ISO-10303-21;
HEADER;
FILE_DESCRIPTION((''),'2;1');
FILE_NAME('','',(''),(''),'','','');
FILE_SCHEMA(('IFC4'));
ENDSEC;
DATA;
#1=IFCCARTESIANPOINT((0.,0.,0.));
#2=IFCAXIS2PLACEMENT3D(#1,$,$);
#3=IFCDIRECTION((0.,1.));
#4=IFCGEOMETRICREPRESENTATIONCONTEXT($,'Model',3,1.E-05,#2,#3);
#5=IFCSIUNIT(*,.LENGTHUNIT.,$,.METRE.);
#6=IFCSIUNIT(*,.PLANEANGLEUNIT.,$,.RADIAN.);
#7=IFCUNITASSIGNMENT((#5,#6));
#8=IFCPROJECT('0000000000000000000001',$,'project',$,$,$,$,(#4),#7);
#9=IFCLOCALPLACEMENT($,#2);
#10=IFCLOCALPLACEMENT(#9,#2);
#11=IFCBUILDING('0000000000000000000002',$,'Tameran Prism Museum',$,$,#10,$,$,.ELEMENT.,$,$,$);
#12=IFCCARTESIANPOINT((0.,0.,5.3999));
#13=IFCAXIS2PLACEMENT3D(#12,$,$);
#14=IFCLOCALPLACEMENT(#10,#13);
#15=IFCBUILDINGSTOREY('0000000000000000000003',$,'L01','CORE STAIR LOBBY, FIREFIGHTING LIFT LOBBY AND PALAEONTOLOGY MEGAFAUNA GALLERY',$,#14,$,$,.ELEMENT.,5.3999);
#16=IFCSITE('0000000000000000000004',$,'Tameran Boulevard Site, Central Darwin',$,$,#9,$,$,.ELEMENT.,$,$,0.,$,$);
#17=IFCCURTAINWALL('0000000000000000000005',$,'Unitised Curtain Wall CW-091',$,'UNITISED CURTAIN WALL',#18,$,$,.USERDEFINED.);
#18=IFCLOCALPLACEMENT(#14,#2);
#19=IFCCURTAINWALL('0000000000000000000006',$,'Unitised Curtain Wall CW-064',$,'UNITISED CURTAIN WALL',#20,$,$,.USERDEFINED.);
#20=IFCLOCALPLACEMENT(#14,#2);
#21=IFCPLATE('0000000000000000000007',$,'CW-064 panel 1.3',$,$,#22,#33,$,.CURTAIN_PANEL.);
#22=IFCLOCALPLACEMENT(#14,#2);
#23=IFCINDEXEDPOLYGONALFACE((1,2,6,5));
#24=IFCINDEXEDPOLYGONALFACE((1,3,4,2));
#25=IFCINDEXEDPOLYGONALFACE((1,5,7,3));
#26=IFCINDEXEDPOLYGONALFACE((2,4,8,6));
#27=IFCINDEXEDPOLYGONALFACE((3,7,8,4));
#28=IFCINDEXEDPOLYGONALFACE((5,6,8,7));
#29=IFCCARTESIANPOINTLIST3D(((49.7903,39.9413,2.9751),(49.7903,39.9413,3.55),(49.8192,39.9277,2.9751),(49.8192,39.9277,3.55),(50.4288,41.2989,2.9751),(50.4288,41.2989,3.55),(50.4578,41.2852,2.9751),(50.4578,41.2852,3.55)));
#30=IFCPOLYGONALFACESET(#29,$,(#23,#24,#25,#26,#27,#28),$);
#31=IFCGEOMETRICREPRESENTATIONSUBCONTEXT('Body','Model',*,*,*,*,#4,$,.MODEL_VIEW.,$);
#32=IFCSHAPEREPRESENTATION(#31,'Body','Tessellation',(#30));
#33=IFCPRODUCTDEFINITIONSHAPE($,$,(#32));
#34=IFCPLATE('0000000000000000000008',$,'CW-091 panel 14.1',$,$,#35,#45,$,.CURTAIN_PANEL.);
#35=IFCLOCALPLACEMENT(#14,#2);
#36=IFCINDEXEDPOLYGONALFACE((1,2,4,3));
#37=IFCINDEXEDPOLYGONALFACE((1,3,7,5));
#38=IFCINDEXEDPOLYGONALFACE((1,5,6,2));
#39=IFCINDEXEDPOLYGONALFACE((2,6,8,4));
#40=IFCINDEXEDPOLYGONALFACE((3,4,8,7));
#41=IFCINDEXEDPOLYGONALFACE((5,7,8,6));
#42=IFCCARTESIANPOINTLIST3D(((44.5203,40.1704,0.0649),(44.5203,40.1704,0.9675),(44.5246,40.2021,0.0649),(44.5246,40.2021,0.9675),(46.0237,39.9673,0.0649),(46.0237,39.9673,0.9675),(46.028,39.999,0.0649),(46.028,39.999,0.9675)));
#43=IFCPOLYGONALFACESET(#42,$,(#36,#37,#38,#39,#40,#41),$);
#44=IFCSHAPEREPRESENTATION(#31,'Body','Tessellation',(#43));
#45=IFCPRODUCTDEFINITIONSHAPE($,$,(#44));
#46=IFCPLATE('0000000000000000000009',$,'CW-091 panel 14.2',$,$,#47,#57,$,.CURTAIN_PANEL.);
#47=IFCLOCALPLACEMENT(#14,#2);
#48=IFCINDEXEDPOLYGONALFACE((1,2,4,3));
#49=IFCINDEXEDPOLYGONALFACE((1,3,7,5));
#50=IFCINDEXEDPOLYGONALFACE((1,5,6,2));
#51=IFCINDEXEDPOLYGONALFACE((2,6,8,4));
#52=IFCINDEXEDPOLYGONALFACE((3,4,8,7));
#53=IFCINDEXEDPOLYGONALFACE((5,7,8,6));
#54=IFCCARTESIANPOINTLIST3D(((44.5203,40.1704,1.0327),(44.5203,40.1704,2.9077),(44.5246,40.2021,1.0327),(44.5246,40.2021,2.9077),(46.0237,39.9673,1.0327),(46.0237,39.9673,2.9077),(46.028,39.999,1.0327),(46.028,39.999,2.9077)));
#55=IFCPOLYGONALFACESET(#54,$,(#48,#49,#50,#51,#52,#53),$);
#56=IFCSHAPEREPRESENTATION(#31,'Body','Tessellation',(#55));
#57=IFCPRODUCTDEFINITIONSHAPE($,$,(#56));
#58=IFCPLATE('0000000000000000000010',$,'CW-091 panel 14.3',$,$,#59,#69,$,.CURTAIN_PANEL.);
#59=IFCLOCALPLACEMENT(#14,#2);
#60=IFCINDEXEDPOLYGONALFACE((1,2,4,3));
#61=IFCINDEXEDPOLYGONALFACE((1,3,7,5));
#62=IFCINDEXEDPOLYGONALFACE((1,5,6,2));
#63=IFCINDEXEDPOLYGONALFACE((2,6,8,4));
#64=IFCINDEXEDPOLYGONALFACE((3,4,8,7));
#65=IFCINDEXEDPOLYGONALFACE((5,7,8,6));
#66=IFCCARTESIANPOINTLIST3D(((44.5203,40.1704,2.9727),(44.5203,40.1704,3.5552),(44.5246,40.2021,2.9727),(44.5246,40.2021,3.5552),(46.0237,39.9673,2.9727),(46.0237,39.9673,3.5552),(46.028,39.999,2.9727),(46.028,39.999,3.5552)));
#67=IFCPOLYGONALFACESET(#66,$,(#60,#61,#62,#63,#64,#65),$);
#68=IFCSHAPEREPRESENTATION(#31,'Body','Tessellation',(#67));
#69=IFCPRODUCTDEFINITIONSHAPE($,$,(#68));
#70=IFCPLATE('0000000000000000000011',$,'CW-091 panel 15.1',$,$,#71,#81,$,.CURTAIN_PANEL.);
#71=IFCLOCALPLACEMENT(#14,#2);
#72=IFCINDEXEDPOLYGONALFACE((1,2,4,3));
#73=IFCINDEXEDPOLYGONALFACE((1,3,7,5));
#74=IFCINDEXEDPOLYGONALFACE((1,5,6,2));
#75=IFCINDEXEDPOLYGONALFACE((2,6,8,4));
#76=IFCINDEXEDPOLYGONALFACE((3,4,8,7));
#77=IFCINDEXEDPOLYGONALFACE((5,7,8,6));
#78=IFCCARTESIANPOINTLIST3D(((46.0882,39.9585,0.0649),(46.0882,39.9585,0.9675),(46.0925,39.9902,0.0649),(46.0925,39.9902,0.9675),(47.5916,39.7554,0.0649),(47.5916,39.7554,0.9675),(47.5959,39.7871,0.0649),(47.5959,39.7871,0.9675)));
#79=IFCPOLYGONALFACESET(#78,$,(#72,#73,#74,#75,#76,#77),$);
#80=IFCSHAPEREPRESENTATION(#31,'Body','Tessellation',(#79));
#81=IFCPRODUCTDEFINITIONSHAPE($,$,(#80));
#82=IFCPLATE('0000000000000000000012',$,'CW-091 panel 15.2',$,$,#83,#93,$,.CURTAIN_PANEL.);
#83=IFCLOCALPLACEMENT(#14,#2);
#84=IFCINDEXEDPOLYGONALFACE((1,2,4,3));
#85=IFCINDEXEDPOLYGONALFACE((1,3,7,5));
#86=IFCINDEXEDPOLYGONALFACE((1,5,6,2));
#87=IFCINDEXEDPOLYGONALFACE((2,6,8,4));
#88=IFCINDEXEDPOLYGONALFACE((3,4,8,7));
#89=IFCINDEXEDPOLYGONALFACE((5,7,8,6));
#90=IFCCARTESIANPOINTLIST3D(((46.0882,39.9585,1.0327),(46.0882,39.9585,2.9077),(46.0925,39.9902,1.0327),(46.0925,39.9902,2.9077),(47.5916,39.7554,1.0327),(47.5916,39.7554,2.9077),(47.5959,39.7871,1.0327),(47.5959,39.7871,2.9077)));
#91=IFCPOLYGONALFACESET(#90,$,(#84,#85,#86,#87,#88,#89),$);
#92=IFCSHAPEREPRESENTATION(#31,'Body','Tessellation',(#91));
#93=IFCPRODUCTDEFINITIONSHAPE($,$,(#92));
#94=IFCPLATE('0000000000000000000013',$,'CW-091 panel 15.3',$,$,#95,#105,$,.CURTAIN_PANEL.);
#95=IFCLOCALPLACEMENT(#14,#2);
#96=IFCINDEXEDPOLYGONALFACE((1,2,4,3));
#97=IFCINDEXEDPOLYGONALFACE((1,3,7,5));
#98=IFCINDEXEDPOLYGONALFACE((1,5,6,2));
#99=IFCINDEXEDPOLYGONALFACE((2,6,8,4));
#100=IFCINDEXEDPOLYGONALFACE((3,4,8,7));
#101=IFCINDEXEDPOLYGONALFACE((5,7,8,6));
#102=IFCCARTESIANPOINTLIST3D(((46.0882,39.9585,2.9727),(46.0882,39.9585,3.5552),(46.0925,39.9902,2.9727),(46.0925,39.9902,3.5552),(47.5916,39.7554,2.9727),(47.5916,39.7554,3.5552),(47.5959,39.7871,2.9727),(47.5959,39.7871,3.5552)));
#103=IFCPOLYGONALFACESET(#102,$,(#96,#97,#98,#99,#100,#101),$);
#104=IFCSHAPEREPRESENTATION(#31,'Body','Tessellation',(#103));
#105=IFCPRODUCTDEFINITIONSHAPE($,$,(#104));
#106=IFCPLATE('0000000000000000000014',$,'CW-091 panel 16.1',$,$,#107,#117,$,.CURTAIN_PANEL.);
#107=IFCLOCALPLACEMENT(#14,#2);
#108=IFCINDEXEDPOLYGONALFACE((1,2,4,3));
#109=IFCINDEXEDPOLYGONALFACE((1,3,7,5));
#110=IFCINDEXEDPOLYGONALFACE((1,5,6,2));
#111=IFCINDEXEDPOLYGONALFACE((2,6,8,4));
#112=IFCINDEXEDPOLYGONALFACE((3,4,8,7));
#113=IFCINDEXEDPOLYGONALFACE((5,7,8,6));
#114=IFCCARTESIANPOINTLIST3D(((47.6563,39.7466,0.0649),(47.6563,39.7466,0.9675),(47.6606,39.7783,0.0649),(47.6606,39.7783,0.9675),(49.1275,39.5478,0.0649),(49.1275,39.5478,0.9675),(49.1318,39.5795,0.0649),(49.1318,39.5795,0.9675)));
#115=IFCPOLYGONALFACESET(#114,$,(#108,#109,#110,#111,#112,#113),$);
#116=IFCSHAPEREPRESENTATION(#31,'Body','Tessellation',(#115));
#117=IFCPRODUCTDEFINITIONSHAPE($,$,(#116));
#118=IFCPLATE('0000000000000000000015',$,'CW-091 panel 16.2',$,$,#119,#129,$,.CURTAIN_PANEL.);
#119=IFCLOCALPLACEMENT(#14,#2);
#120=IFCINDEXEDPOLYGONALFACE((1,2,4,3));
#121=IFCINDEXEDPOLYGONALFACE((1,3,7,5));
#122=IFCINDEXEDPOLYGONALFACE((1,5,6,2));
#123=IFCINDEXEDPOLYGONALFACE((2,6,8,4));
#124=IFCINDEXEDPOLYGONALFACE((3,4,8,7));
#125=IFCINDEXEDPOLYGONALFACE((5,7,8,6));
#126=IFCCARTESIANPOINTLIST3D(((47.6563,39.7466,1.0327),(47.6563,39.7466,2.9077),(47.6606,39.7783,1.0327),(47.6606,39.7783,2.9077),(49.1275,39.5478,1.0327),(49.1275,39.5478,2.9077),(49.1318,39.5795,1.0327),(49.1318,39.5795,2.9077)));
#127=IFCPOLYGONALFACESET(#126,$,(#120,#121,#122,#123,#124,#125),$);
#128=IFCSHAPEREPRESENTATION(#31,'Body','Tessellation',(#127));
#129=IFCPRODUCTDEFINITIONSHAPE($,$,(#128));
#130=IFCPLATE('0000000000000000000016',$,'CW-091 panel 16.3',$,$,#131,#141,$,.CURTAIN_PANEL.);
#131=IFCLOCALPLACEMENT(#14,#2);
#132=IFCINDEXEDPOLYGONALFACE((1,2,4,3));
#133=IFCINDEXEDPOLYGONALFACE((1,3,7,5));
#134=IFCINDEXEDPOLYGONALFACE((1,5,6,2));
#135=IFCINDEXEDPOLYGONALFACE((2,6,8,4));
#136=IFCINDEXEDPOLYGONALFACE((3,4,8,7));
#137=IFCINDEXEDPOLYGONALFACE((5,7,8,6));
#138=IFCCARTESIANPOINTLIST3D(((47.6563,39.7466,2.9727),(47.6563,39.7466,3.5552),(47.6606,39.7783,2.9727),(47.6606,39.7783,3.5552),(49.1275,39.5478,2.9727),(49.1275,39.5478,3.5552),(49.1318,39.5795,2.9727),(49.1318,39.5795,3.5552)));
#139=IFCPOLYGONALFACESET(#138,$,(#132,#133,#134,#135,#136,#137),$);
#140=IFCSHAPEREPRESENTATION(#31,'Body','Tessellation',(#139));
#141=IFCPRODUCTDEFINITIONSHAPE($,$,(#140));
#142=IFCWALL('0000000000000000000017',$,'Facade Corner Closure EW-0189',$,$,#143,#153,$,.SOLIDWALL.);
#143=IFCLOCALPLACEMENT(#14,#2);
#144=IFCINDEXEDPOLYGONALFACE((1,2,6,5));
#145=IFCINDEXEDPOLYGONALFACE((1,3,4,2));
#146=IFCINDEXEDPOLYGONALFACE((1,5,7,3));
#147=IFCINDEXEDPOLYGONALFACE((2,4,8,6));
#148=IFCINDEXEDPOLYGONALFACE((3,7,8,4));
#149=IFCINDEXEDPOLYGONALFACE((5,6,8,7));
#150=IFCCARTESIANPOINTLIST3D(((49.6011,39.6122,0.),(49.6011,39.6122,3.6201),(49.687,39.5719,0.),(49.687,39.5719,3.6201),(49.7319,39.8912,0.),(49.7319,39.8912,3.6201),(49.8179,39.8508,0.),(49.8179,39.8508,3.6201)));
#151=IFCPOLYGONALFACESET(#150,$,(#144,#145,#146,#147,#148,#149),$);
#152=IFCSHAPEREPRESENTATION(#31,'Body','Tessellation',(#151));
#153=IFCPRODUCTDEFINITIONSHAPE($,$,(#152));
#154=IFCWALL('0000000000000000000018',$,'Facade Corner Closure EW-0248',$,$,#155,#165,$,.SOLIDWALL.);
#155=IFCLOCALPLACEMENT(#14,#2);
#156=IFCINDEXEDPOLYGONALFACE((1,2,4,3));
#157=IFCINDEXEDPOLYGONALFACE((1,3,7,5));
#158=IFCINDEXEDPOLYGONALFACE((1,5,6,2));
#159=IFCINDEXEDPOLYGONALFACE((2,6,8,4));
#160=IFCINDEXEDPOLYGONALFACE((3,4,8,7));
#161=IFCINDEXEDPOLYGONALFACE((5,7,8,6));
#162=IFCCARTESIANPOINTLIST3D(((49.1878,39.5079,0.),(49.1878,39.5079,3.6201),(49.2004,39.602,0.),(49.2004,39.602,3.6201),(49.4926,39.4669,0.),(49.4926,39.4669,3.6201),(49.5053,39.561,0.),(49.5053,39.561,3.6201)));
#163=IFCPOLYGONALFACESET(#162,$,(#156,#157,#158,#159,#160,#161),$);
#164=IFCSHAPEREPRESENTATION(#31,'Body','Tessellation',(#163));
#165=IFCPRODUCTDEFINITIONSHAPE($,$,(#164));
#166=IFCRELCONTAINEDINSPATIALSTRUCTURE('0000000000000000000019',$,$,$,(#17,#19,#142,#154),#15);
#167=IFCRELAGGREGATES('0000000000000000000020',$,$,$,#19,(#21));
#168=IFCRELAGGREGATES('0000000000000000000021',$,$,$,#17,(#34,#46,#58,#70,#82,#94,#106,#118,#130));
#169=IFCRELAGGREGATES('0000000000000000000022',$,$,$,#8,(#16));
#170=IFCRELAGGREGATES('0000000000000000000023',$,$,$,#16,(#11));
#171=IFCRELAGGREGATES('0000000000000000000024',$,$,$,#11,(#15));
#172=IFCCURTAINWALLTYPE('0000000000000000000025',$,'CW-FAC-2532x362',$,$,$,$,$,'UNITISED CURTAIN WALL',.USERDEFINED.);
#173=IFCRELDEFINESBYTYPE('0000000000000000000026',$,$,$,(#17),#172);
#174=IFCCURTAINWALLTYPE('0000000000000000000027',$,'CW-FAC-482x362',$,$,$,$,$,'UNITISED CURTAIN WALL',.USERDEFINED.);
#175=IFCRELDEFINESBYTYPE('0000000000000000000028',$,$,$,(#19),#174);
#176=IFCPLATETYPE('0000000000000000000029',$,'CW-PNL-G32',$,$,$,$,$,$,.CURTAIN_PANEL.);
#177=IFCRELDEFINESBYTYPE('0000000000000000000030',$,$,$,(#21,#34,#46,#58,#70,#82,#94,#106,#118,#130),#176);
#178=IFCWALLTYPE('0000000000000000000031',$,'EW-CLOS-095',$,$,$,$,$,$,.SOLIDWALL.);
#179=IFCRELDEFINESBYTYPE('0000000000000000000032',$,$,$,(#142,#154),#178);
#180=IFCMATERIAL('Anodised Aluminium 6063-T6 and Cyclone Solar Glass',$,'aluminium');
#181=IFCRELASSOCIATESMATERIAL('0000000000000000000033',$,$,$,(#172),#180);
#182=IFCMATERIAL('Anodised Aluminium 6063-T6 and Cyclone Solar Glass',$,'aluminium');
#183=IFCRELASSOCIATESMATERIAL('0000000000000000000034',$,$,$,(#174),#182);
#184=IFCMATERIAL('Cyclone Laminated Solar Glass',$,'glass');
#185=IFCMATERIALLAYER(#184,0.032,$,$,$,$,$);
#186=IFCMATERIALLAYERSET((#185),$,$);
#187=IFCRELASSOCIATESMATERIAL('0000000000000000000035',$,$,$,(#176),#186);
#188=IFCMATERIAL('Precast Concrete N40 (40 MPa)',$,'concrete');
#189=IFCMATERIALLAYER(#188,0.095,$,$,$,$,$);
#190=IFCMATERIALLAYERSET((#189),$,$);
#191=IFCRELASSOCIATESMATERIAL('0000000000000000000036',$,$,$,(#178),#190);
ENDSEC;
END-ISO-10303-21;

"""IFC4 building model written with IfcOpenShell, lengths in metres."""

from ifc_helpers import new_model, si_unit, direction, frame, frame_2d, origin, origin_2d, place, context, subcontext, project, spatial, rectangle, extrude, material, layer, layer_set, type_object, element, aggregate, save


model = new_model("IFC4")

# Units and contexts
model_context = context("Model", 3, precision=1e-05, world=origin(), true_north=direction((0.0, 1.0)))
body_context = subcontext(model_context, "Body", "Model", "MODEL_VIEW")
ifc_project = project(units=[si_unit("LENGTHUNIT", "METRE"), si_unit("PLANEANGLEUNIT", "RADIAN")], contexts=[model_context])

# Site, building, storey
site_placement = place(None, origin())
site = spatial("IfcSite", under=ifc_project, at=site_placement, Name="Tameran Boulevard Site, Central Darwin", CompositionType="ELEMENT", RefElevation=0.0)
building_placement = place(site_placement, origin())
building = spatial("IfcBuilding", under=site, at=building_placement, Name="Tameran Prism Museum", CompositionType="ELEMENT")
storey_placement = place(building_placement, frame((0.0, 0.0, 5.3999)))
storey = spatial("IfcBuildingStorey", under=building, at=storey_placement, Name="L01", Description="CORE STAIR LOBBY, FIREFIGHTING LIFT LOBBY AND PALAEONTOLOGY MEGAFAUNA GALLERY", CompositionType="ELEMENT", Elevation=5.3999)

# Curtain wall
ifc_material_1 = material(Name="Anodised Aluminium 6063-T6 and Cyclone Solar Glass", Category="aluminium")
curtain_wall_type_1 = type_object("IfcCurtainWallType", Name="CW-FAC-2532x362", ElementType="UNITISED CURTAIN WALL", PredefinedType="USERDEFINED", material=ifc_material_1)
curtain_wall_1_placement = place(storey_placement, origin())
curtain_wall_1 = element("IfcCurtainWall", 1, at=curtain_wall_1_placement, inside=storey, type_object=curtain_wall_type_1, Name="Unitised Curtain Wall CW-091", ObjectType="UNITISED CURTAIN WALL", PredefinedType="USERDEFINED")

# Curtain wall
ifc_material_2 = material(Name="Anodised Aluminium 6063-T6 and Cyclone Solar Glass", Category="aluminium")
curtain_wall_type_2 = type_object("IfcCurtainWallType", Name="CW-FAC-482x362", ElementType="UNITISED CURTAIN WALL", PredefinedType="USERDEFINED", material=ifc_material_2)
curtain_wall_2_placement = place(storey_placement, origin())
curtain_wall_2 = element("IfcCurtainWall", 2, at=curtain_wall_2_placement, inside=storey, type_object=curtain_wall_type_2, Name="Unitised Curtain Wall CW-064", ObjectType="UNITISED CURTAIN WALL", PredefinedType="USERDEFINED")

# Plates
ifc_material_3 = material(Name="Cyclone Laminated Solar Glass", Category="glass")
ifc_layer_1 = layer(ifc_material_3, 0.032)
ifc_layer_set_1 = layer_set([ifc_layer_1])
plate_type = type_object("IfcPlateType", Name="CW-PNL-G32", PredefinedType="CURTAIN_PANEL", material=ifc_layer_set_1)
plate_1_placement = place(storey_placement, frame((50.124, 40.6133, 2.9751), z_axis=(0.0, 0.0, 1.0), x_axis=(0.425657, 0.904885, 0.0)))
plate_1 = element("IfcPlate", 3, at=plate_1_placement, type_object=plate_type, Name="CW-064 panel 1.3", PredefinedType="CURTAIN_PANEL", context=body_context, shape_type="SweptSolid", body=[
    extrude(rectangle(XDim=1.5002, YDim=0.032, at=origin_2d()), origin(), (0.0, 0.0, 1.0), 0.575),
])
aggregate(curtain_wall_2, [plate_1])
plate_2_placement = place(storey_placement, frame((45.2742, 40.0847, 0.0649), z_axis=(0.0, 0.0, 1.0), x_axis=(0.990993, -0.133913, 0.0)))
plate_2 = element("IfcPlate", 4, at=plate_2_placement, type_object=plate_type, Name="CW-091 panel 14.1", PredefinedType="CURTAIN_PANEL", context=body_context, shape_type="SweptSolid", body=[
    extrude(rectangle(XDim=1.5171, YDim=0.032, at=origin_2d()), origin(), (0.0, 0.0, 1.0), 0.9026),
])
plate_3_placement = place(storey_placement, frame((45.2742, 40.0847, 1.0327), z_axis=(0.0, 0.0, 1.0), x_axis=(0.990993, -0.133913, 0.0)))
plate_3 = element("IfcPlate", 5, at=plate_3_placement, type_object=plate_type, Name="CW-091 panel 14.2", PredefinedType="CURTAIN_PANEL", context=body_context, shape_type="SweptSolid", body=[
    extrude(rectangle(XDim=1.5171, YDim=0.032, at=origin_2d()), origin(), (0.0, 0.0, 1.0), 1.875),
])
plate_4_placement = place(storey_placement, frame((45.2742, 40.0847, 2.9727), z_axis=(0.0, 0.0, 1.0), x_axis=(0.990993, -0.133913, 0.0)))
plate_4 = element("IfcPlate", 6, at=plate_4_placement, type_object=plate_type, Name="CW-091 panel 14.3", PredefinedType="CURTAIN_PANEL", context=body_context, shape_type="SweptSolid", body=[
    extrude(rectangle(XDim=1.5171, YDim=0.032, at=origin_2d()), origin(), (0.0, 0.0, 1.0), 0.5825),
])
plate_5_placement = place(storey_placement, frame((46.842, 39.8728, 0.0649), z_axis=(0.0, 0.0, 1.0), x_axis=(0.990993, -0.133913, 0.0)))
plate_5 = element("IfcPlate", 7, at=plate_5_placement, type_object=plate_type, Name="CW-091 panel 15.1", PredefinedType="CURTAIN_PANEL", context=body_context, shape_type="SweptSolid", body=[
    extrude(rectangle(XDim=1.5171, YDim=0.032, at=origin_2d()), origin(), (0.0, 0.0, 1.0), 0.9026),
])
plate_6_placement = place(storey_placement, frame((46.842, 39.8728, 1.0327), z_axis=(0.0, 0.0, 1.0), x_axis=(0.990993, -0.133913, 0.0)))
plate_6 = element("IfcPlate", 8, at=plate_6_placement, type_object=plate_type, Name="CW-091 panel 15.2", PredefinedType="CURTAIN_PANEL", context=body_context, shape_type="SweptSolid", body=[
    extrude(rectangle(XDim=1.5171, YDim=0.032, at=origin_2d()), origin(), (0.0, 0.0, 1.0), 1.875),
])
plate_7_placement = place(storey_placement, frame((46.842, 39.8728, 2.9727), z_axis=(0.0, 0.0, 1.0), x_axis=(0.990993, -0.133913, 0.0)))
plate_7 = element("IfcPlate", 9, at=plate_7_placement, type_object=plate_type, Name="CW-091 panel 15.3", PredefinedType="CURTAIN_PANEL", context=body_context, shape_type="SweptSolid", body=[
    extrude(rectangle(XDim=1.5171, YDim=0.032, at=origin_2d()), origin(), (0.0, 0.0, 1.0), 0.5825),
])
plate_8_placement = place(storey_placement, frame((48.394, 39.6631, 0.0649), z_axis=(0.0, 0.0, 1.0), x_axis=(0.990993, -0.133913, 0.0)))
plate_8 = element("IfcPlate", 10, at=plate_8_placement, type_object=plate_type, Name="CW-091 panel 16.1", PredefinedType="CURTAIN_PANEL", context=body_context, shape_type="SweptSolid", body=[
    extrude(rectangle(XDim=1.4846, YDim=0.032, at=origin_2d()), origin(), (0.0, 0.0, 1.0), 0.9026),
])
plate_9_placement = place(storey_placement, frame((48.394, 39.6631, 1.0327), z_axis=(0.0, 0.0, 1.0), x_axis=(0.990993, -0.133913, 0.0)))
plate_9 = element("IfcPlate", 11, at=plate_9_placement, type_object=plate_type, Name="CW-091 panel 16.2", PredefinedType="CURTAIN_PANEL", context=body_context, shape_type="SweptSolid", body=[
    extrude(rectangle(XDim=1.4846, YDim=0.032, at=origin_2d()), origin(), (0.0, 0.0, 1.0), 1.875),
])
plate_10_placement = place(storey_placement, frame((48.394, 39.6631, 2.9727), z_axis=(0.0, 0.0, 1.0), x_axis=(0.990993, -0.133913, 0.0)))
plate_10 = element("IfcPlate", 12, at=plate_10_placement, type_object=plate_type, Name="CW-091 panel 16.3", PredefinedType="CURTAIN_PANEL", context=body_context, shape_type="SweptSolid", body=[
    extrude(rectangle(XDim=1.4846, YDim=0.032, at=origin_2d()), origin(), (0.0, 0.0, 1.0), 0.5825),
])
aggregate(curtain_wall_1, [plate_2, plate_3, plate_4, plate_5, plate_6, plate_7, plate_8, plate_9, plate_10])

# Walls
ifc_material_4 = material(Name="Precast Concrete N40 (40 MPa)", Category="concrete")
ifc_layer_2 = layer(ifc_material_4, 0.095)
ifc_layer_set_2 = layer_set([ifc_layer_2])
wall_type_1 = type_object("IfcWallType", Name="EW-CLOS-095", PredefinedType="SOLIDWALL", material=ifc_layer_set_2)
wall_1_placement = place(storey_placement, frame((49.644, 39.592, 0.0), z_axis=(0.0, 0.0, 1.0), x_axis=(0.424576, 0.905392, 0.0)))
element("IfcWall", 13, at=wall_1_placement, inside=storey, type_object=wall_type_1, Name="Facade Corner Closure EW-0189", PredefinedType="SOLIDWALL", context=body_context, shape_type="SweptSolid", body=[
    extrude(rectangle(XDim=0.3081, YDim=0.095, at=frame_2d((0.1541, 0.0))), origin(), (0.0, 0.0, 1.0), 3.6201),
])
wall_2_placement = place(storey_placement, frame((49.1941, 39.5549, 0.0), z_axis=(0.0, 0.0, 1.0), x_axis=(0.991075, -0.133307, 0.0)))
element("IfcWall", 14, at=wall_2_placement, inside=storey, type_object=wall_type_1, Name="Facade Corner Closure EW-0248", PredefinedType="SOLIDWALL", context=body_context, shape_type="SweptSolid", body=[
    extrude(rectangle(XDim=0.3076, YDim=0.095, at=frame_2d((0.1538, 0.0))), origin(), (0.0, 0.0, 1.0), 3.6201),
])

save(model, "model.ifc")
